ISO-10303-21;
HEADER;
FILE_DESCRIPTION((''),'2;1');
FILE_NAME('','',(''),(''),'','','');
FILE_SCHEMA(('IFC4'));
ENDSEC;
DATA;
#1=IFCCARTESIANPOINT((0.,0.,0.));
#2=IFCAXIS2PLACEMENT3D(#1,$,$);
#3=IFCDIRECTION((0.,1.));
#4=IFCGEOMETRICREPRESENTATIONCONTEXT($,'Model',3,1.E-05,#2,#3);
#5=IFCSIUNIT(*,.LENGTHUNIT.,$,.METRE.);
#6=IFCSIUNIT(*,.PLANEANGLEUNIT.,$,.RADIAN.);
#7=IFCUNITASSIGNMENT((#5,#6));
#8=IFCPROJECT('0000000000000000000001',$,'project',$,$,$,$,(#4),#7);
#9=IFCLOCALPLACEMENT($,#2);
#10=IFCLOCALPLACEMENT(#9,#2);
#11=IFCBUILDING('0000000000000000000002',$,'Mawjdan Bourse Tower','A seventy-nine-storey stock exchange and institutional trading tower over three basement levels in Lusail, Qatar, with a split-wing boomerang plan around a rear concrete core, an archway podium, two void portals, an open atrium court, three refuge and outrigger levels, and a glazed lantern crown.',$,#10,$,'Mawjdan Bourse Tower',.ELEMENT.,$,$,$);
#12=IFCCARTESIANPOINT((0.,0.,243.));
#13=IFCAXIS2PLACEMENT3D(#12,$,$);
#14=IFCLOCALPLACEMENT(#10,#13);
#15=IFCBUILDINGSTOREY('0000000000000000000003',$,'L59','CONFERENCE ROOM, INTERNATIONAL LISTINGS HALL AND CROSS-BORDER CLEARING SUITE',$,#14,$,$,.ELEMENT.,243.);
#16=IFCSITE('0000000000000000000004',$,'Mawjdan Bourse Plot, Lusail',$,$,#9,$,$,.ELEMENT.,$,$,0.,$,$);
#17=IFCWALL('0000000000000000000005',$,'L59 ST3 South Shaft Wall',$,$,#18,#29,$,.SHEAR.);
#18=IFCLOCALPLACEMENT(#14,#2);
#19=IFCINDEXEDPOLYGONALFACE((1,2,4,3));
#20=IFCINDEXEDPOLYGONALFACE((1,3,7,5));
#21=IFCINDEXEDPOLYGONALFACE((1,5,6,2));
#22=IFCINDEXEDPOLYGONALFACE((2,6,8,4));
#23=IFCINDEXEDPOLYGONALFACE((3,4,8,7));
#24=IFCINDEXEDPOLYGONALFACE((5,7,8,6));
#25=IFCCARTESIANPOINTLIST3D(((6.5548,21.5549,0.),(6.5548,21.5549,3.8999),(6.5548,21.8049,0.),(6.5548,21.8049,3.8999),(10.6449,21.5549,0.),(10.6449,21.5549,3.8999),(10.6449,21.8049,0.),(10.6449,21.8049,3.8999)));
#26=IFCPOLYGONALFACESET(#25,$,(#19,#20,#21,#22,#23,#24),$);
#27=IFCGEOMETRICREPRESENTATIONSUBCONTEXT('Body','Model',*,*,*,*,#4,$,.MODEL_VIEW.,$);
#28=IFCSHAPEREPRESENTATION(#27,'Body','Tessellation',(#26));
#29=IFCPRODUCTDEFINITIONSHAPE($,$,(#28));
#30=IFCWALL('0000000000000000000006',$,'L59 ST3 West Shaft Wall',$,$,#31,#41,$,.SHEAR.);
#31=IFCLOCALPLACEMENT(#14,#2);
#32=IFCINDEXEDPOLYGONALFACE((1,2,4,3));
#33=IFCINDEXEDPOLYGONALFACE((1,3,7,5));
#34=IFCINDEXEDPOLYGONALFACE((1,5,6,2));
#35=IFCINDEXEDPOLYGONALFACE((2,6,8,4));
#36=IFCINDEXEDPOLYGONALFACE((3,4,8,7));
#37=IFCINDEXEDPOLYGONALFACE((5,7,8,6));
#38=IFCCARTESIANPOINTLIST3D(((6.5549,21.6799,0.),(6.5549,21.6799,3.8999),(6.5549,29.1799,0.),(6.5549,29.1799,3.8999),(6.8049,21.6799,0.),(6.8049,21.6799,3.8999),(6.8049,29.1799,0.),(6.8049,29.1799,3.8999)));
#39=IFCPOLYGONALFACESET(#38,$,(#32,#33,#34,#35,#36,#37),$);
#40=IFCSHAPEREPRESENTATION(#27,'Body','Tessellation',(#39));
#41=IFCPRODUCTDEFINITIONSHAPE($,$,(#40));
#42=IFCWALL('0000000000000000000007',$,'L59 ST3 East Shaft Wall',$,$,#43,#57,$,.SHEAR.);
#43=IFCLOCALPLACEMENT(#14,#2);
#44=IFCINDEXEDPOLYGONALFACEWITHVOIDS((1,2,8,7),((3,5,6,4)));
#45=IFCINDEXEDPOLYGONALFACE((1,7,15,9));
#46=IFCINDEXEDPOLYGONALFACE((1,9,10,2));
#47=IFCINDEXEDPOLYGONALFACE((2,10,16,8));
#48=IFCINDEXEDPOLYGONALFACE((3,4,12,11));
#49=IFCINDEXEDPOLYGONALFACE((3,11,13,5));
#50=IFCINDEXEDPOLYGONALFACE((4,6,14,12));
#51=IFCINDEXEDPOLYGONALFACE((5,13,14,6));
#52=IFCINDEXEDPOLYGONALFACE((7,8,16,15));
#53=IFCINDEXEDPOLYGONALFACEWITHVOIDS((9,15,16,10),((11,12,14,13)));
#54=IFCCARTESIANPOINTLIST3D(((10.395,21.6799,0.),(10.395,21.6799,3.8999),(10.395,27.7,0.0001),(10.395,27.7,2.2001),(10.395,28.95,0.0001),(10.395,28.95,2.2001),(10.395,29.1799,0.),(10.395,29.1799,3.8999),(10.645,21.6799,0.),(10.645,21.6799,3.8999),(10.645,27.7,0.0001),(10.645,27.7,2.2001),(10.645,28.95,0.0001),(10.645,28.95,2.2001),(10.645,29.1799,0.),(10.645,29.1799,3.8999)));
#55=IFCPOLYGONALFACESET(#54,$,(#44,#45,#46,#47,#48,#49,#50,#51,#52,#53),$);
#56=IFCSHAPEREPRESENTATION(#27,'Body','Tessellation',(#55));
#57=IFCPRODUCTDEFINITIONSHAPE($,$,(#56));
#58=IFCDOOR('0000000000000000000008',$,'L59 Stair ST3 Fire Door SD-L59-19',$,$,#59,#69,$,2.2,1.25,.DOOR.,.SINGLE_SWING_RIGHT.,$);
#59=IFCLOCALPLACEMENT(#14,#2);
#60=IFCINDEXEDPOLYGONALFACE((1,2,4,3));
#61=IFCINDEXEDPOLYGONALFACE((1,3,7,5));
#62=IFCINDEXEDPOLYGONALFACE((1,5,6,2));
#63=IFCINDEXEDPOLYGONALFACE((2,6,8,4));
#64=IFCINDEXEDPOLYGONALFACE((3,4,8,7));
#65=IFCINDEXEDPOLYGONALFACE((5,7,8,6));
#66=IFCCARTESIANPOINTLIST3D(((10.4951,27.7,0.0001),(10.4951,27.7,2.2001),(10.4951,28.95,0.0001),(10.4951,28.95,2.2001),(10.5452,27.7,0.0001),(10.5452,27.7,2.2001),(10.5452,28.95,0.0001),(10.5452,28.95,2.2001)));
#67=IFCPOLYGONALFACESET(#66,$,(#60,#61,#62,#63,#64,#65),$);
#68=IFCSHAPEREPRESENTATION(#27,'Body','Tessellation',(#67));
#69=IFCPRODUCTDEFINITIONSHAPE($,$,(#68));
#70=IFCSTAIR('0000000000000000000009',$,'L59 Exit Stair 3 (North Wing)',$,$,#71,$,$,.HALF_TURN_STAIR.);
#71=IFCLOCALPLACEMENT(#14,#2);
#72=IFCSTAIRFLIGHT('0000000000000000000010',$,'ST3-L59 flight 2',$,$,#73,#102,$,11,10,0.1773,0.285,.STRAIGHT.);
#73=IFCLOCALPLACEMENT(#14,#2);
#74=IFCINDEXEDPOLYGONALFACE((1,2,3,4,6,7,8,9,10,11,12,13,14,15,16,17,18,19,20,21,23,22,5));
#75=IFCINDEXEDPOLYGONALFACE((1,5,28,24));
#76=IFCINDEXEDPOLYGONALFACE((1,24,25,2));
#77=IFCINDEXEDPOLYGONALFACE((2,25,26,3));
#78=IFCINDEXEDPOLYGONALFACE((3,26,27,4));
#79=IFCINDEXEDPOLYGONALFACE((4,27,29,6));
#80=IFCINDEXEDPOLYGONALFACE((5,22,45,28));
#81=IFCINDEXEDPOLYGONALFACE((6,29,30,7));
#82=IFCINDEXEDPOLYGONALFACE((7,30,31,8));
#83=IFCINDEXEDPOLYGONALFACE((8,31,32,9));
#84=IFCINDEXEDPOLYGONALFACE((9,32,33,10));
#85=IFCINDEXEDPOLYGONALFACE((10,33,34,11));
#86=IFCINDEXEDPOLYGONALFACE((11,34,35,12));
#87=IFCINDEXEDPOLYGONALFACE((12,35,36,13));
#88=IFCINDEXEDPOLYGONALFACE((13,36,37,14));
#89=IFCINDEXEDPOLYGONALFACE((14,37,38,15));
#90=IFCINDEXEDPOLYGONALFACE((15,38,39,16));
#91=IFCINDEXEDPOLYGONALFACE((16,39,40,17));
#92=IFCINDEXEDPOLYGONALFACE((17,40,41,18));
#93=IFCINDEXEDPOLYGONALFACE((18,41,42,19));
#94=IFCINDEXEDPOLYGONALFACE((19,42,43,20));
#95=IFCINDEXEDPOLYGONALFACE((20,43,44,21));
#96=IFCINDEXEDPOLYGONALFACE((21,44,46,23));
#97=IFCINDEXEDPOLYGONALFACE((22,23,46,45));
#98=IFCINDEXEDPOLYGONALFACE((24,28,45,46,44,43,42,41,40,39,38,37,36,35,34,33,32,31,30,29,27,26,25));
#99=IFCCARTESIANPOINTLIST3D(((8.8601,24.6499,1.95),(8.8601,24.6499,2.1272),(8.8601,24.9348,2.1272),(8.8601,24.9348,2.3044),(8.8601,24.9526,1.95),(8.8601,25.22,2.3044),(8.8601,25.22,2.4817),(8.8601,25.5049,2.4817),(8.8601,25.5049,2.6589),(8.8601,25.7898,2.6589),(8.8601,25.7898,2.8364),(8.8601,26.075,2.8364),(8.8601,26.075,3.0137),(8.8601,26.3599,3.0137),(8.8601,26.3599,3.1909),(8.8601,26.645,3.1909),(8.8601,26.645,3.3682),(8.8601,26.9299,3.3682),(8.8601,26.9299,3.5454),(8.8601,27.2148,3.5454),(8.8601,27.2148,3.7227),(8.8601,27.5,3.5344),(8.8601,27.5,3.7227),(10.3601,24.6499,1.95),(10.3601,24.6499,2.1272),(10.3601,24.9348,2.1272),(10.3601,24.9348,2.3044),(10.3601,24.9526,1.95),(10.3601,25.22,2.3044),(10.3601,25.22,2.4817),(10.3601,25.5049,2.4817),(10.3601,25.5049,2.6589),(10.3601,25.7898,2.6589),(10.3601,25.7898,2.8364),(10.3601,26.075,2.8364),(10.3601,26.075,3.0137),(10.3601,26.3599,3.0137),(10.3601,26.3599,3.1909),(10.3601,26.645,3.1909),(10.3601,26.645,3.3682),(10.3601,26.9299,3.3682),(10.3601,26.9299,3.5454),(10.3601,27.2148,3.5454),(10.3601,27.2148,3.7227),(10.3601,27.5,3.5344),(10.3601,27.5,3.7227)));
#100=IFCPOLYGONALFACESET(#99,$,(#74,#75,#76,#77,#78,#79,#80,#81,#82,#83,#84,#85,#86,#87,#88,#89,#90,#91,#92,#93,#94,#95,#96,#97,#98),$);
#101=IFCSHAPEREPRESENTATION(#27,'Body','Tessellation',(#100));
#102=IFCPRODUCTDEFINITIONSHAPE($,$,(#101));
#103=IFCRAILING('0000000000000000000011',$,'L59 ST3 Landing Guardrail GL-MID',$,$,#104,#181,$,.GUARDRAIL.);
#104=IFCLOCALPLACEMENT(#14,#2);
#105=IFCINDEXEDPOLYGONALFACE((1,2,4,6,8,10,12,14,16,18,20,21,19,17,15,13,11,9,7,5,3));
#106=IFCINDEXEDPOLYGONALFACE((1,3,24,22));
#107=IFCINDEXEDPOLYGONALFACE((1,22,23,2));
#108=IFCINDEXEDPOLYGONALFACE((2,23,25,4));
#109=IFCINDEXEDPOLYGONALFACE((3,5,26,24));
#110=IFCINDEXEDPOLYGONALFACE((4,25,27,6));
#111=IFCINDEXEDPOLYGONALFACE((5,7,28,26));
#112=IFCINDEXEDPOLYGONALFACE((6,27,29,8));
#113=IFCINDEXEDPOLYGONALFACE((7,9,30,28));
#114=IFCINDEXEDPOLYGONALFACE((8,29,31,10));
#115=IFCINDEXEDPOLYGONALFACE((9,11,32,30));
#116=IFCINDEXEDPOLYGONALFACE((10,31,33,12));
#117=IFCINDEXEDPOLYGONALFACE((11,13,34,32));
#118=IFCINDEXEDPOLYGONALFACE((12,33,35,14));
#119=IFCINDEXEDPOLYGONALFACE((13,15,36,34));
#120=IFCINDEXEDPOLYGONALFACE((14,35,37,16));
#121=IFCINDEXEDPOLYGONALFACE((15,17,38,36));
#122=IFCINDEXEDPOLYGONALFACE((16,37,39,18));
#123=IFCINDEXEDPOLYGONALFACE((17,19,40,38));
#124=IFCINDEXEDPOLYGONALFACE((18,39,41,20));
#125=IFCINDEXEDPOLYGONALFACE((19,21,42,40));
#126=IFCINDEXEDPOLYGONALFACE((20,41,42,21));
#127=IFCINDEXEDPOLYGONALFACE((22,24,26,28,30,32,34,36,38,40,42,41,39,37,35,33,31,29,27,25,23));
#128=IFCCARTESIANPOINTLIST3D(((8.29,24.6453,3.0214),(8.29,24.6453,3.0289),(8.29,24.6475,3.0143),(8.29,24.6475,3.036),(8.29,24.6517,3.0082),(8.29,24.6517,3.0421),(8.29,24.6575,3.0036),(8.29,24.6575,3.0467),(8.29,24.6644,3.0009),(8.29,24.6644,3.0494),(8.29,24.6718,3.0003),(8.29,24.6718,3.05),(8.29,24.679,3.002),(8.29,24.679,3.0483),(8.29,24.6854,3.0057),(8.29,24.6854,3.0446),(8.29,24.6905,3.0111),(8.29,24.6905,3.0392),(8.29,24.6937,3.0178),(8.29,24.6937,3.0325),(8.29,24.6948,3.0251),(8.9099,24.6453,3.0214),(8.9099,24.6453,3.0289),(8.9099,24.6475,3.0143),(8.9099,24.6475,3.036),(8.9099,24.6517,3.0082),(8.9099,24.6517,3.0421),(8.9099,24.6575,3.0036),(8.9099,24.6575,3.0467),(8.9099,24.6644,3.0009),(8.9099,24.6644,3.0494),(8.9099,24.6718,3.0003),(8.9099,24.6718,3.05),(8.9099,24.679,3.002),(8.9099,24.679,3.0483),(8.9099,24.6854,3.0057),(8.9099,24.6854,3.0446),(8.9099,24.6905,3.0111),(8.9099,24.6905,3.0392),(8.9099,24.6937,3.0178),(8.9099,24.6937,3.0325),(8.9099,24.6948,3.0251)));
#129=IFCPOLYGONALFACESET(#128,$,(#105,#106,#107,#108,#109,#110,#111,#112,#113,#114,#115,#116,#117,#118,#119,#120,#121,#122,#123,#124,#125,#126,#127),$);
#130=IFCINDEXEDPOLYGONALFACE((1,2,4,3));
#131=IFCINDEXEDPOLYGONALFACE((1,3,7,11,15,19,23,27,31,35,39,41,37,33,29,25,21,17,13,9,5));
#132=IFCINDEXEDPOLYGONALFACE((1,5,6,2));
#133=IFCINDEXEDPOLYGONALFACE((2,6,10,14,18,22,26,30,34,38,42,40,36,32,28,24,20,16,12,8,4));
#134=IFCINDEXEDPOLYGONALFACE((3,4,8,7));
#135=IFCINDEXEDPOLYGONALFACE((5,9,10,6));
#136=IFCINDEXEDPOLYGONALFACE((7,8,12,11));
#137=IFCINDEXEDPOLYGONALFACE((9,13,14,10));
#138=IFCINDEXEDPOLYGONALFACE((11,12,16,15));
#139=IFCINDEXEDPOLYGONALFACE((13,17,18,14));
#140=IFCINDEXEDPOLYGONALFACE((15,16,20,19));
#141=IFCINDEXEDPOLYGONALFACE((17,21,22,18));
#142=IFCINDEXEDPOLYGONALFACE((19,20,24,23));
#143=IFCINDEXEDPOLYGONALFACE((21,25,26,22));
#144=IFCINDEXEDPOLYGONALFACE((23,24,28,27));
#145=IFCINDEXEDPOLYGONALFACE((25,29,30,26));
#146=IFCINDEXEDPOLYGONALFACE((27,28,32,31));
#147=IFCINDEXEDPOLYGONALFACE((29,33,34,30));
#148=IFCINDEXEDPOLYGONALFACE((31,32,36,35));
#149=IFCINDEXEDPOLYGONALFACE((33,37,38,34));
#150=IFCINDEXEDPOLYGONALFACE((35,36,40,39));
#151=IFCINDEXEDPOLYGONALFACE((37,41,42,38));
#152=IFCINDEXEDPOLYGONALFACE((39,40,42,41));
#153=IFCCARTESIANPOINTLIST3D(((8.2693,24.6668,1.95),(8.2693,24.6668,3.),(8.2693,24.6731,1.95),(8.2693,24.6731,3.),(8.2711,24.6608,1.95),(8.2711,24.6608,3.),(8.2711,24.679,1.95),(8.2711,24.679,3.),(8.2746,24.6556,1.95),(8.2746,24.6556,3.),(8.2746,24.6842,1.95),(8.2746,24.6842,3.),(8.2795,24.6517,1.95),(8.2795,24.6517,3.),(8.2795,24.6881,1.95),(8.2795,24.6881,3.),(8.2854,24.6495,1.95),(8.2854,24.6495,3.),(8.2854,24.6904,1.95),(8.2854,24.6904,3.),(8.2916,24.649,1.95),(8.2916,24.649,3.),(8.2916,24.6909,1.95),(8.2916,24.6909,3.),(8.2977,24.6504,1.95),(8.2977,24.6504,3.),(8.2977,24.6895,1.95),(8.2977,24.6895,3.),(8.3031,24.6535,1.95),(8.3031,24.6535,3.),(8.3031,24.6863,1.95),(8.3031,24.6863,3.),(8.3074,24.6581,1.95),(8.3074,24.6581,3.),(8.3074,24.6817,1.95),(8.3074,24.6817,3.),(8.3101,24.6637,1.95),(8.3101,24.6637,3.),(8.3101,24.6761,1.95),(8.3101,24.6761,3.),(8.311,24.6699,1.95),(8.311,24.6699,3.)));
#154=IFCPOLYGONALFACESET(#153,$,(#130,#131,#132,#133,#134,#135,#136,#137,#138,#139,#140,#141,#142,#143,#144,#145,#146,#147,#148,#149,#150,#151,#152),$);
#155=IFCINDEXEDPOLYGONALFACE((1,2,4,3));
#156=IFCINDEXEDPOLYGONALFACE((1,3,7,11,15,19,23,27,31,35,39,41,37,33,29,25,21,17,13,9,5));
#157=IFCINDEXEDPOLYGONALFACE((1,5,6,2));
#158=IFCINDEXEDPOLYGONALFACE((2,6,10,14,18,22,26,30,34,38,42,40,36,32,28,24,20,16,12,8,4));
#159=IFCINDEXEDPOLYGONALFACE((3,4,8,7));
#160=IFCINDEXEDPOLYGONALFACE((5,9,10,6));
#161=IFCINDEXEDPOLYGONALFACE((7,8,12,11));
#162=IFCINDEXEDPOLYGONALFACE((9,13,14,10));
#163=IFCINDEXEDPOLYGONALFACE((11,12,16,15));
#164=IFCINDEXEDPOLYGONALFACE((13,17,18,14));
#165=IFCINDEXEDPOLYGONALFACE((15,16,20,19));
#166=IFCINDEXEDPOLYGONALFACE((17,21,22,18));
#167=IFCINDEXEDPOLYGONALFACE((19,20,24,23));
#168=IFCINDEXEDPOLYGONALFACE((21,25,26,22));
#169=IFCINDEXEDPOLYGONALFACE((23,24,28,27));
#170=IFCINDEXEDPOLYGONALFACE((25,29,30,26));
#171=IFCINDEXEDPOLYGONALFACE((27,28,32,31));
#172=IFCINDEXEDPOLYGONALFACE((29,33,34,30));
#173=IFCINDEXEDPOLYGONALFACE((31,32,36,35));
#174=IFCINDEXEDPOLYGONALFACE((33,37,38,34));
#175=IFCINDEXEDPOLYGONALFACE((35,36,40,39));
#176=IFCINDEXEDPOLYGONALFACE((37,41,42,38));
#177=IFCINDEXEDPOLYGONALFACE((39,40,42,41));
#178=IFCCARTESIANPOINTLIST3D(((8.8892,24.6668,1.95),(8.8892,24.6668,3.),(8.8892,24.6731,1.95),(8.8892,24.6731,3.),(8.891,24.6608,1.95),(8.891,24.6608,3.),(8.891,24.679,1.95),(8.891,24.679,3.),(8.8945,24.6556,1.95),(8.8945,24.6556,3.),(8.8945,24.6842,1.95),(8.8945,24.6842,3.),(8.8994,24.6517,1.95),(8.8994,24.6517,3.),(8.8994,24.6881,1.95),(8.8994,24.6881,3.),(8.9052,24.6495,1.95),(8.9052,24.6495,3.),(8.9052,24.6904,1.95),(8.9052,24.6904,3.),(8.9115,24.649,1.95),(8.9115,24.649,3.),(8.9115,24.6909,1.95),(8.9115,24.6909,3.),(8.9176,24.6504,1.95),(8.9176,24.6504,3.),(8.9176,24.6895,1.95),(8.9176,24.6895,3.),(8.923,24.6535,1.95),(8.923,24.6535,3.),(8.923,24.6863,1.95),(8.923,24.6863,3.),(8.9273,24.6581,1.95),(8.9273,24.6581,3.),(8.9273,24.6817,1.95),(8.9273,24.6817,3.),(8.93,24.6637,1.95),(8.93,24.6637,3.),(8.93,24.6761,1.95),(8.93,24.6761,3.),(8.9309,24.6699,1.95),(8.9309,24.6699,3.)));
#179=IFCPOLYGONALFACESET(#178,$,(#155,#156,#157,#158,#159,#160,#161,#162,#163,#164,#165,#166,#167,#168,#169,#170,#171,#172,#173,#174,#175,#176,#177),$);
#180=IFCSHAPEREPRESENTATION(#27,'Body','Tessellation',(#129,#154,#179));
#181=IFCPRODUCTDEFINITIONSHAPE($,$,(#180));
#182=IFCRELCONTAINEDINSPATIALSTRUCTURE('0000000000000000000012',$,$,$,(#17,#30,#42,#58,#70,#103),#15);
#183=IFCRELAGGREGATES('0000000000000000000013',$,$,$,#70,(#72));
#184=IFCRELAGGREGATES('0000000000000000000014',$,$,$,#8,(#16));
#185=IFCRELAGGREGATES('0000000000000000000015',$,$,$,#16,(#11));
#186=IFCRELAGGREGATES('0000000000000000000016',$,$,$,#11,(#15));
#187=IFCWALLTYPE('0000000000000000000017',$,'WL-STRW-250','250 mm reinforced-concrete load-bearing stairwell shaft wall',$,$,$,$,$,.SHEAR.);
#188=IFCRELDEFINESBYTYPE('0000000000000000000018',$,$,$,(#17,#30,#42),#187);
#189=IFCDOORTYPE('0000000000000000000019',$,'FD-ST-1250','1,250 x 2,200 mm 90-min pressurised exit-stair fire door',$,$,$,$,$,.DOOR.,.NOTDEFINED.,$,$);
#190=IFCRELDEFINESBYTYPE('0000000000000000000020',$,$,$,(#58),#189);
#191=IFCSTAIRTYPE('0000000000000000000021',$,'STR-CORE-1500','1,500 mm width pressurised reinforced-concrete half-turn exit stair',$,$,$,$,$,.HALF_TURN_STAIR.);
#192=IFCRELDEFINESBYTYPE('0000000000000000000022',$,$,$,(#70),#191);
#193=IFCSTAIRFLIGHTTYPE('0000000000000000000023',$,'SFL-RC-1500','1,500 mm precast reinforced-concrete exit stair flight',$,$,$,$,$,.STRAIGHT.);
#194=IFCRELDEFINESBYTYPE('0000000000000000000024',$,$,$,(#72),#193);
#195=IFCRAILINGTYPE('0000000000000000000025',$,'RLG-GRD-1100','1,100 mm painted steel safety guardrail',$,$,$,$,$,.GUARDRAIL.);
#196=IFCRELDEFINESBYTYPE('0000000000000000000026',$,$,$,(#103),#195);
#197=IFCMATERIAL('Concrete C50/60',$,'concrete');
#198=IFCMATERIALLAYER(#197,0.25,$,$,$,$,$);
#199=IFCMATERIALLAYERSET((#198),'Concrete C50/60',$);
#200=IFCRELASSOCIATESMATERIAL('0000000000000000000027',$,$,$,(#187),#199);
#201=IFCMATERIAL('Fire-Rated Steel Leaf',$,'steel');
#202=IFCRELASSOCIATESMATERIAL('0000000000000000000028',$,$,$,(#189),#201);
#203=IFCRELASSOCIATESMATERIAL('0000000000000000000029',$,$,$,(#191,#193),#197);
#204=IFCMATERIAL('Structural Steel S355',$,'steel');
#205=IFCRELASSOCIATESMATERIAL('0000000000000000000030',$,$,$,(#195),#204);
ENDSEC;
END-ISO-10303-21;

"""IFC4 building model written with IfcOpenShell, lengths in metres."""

from ifc_helpers import new_model, si_unit, direction, frame, frame_2d, origin, origin_2d, place, context, subcontext, project, spatial, polyline, rectangle, circle, outline, extrude, material, layer, layer_set, type_object, element, fill, aggregate, save


model = new_model("IFC4")

# Units and contexts
model_context = context("Model", 3, precision=1e-05, world=origin(), true_north=direction((0.0, 1.0)))
body_context = subcontext(model_context, "Body", "Model", "MODEL_VIEW")
ifc_project = project(units=[si_unit("LENGTHUNIT", "METRE"), si_unit("PLANEANGLEUNIT", "RADIAN")], contexts=[model_context])

# Site, building, storey
site_placement = place(None, origin())
site = spatial("IfcSite", under=ifc_project, at=site_placement, Name="Mawjdan Bourse Plot, Lusail", CompositionType="ELEMENT", RefElevation=0.0)
building_placement = place(site_placement, origin())
building = spatial("IfcBuilding", under=site, at=building_placement, Name="Mawjdan Bourse Tower", Description="A seventy-nine-storey stock exchange and institutional trading tower over three basement levels in Lusail, Qatar, with a split-wing boomerang plan around a rear concrete core, an archway podium, two void portals, an open atrium court, three refuge and outrigger levels, and a glazed lantern crown.", LongName="Mawjdan Bourse Tower", CompositionType="ELEMENT")
storey_placement = place(building_placement, frame((0.0, 0.0, 243.0)))
storey = spatial("IfcBuildingStorey", under=building, at=storey_placement, Name="L59", Description="CONFERENCE ROOM, INTERNATIONAL LISTINGS HALL AND CROSS-BORDER CLEARING SUITE", CompositionType="ELEMENT", Elevation=243.0)

# Shared definitions
ifc_material_1 = material(Name="Structural Steel S355", Category="steel")

# Walls
ifc_material_2 = material(Name="Concrete C50/60", Category="concrete")
ifc_layer_1 = layer(ifc_material_2, 0.25)
ifc_layer_set_1 = layer_set([ifc_layer_1], Name="Concrete C50/60")
wall_type_1 = type_object("IfcWallType", Name="WL-STRW-250", Description="250 mm reinforced-concrete load-bearing stairwell shaft wall", PredefinedType="SHEAR", material=ifc_layer_set_1)
wall_1_placement = place(storey_placement, frame((6.5549, 21.6799, 0.0), z_axis=(0.0, 0.0, 1.0), x_axis=(1.0, 0.0, 0.0)))
element("IfcWall", 1, at=wall_1_placement, inside=storey, type_object=wall_type_1, Name="L59 ST3 South Shaft Wall", PredefinedType="SHEAR", context=body_context, shape_type="SweptSolid", body=[
    extrude(rectangle(XDim=4.0901, YDim=0.25, at=frame_2d((2.0449, 0.0))), origin(), (0.0, 0.0, 1.0), 3.8999),
])
wall_2_placement = place(storey_placement, frame((6.6799, 21.6799, 0.0), z_axis=(0.0, 0.0, 1.0), x_axis=(0.0, 1.0, 0.0)))
element("IfcWall", 2, at=wall_2_placement, inside=storey, type_object=wall_type_1, Name="L59 ST3 West Shaft Wall", PredefinedType="SHEAR", context=body_context, shape_type="SweptSolid", body=[
    extrude(rectangle(XDim=7.5, YDim=0.25, at=frame_2d((3.75, 0.0))), origin(), (0.0, 0.0, 1.0), 3.8999),
])

# Wall, opening, door
wall_3_placement = place(storey_placement, frame((10.52, 21.6799, 0.0), z_axis=(0.0, 0.0, 1.0), x_axis=(0.0, 1.0, 0.0)))
wall_3 = element("IfcWall", 3, at=wall_3_placement, inside=storey, type_object=wall_type_1, Name="L59 ST3 East Shaft Wall", PredefinedType="SHEAR", context=body_context, shape_type="SweptSolid", body=[
    extrude(rectangle(XDim=7.5, YDim=0.25, at=frame_2d((3.75, 0.0))), origin(), (0.0, 0.0, 1.0), 3.8999),
])
opening_1_placement = place(wall_3_placement, frame((6.02, 0.0, 0.0)))
opening_1 = element("IfcOpeningElement", 4, at=opening_1_placement, cuts=wall_3, PredefinedType="OPENING", context=body_context, shape_type="SweptSolid", body=[
    extrude(rectangle(XDim=1.25, YDim=2.2, at=frame_2d((0.625, 1.1001))), frame((0.0, 0.135, 0.0), z_axis=(0.0, -1.0, 0.0), x_axis=(1.0, 0.0, 0.0)), (0.0, 0.0, 1.0), 0.27),
])
ifc_material_3 = material(Name="Fire-Rated Steel Leaf", Category="steel")
door_type_1 = type_object("IfcDoorType", Name="FD-ST-1250", Description="1,250 x 2,200 mm 90-min pressurised exit-stair fire door", OperationType="NOTDEFINED", PredefinedType="DOOR", material=ifc_material_3)
door_1_placement = place(opening_1_placement, origin())
door_1 = element("IfcDoor", 5, at=door_1_placement, inside=storey, type_object=door_type_1, Name="L59 Stair ST3 Fire Door SD-L59-19", OperationType="SINGLE_SWING_RIGHT", OverallHeight=2.2, OverallWidth=1.25, PredefinedType="DOOR", context=body_context, shape_type="SweptSolid", body=[
    extrude(rectangle(XDim=1.25, YDim=2.2, at=frame_2d((0.625, 1.1001))), frame((0.0, 0.0249, 0.0), z_axis=(0.0, -1.0, 0.0), x_axis=(1.0, 0.0, 0.0)), (0.0, 0.0, 1.0), 0.05),
])
fill(opening_1, door_1)

# Stair, stair flight
stair_type = type_object("IfcStairType", Name="STR-CORE-1500", Description="1,500 mm width pressurised reinforced-concrete half-turn exit stair", PredefinedType="HALF_TURN_STAIR", material=ifc_material_2)
stair_placement = place(storey_placement, origin())
stair = element("IfcStair", 6, at=stair_placement, inside=storey, type_object=stair_type, Name="L59 Exit Stair 3 (North Wing)", PredefinedType="HALF_TURN_STAIR")
stair_flight_type = type_object("IfcStairFlightType", Name="SFL-RC-1500", Description="1,500 mm precast reinforced-concrete exit stair flight", PredefinedType="STRAIGHT", material=ifc_material_2)
stair_flight_placement = place(storey_placement, frame((9.6101, 24.6499, 1.95), z_axis=(0.0, 0.0, 1.0), x_axis=(0.0, 1.0, 0.0)))
stair_flight = element("IfcStairFlight", 7, at=stair_flight_placement, type_object=stair_flight_type, Name="ST3-L59 flight 2", NumberOfRisers=11, NumberOfTreads=10, PredefinedType="STRAIGHT", RiserHeight=0.1773, TreadLength=0.285, context=body_context, shape_type="SweptSolid", body=[
    extrude(outline(polyline([(0.0, 0.0), (0.0, 0.1772), (0.2849, 0.1772), (0.2849, 0.3545), (0.5701, 0.3545), (0.5701, 0.5317), (0.855, 0.5317), (0.855, 0.709), (1.1399, 0.709), (1.1399, 0.8865), (1.425, 0.8865), (1.425, 1.0637), (1.71, 1.0637), (1.71, 1.241), (1.9951, 1.241), (1.9951, 1.4182), (2.28, 1.4182), (2.28, 1.5955), (2.5649, 1.5955), (2.5649, 1.7727), (2.8501, 1.7727), (2.8501, 1.95), (2.8501, 1.5845), (0.3027, 0.0), (0.0, 0.0)])), frame((0.0, 0.75, 0.0), z_axis=(0.0, -1.0, 0.0), x_axis=(1.0, 0.0, 0.0)), (0.0, 0.0, 1.0), 1.5),
])
aggregate(stair, [stair_flight])

# Railing
railing_type_1 = type_object("IfcRailingType", Name="RLG-GRD-1100", Description="1,100 mm painted steel safety guardrail", PredefinedType="GUARDRAIL", material=ifc_material_1)
railing_1_placement = place(storey_placement, frame((8.29, 24.6699, 1.95)))
element("IfcRailing", 8, at=railing_1_placement, inside=storey, type_object=railing_type_1, Name="L59 ST3 Landing Guardrail GL-MID", PredefinedType="GUARDRAIL", context=body_context, shape_type="SweptSolid", body=[
    extrude(circle(Radius=0.0249, at=origin_2d()), frame((0.0, 0.0, 1.0752), z_axis=(1.0, 0.0, 0.0), x_axis=(0.0, 1.0, 0.0)), (0.0, 0.0, 1.0), 0.6199),
    extrude(circle(Radius=0.021, at=origin_2d()), origin(), (0.0, 0.0, 1.0), 1.05),
    extrude(circle(Radius=0.021, at=origin_2d()), frame((0.6199, 0.0, 0.0)), (0.0, 0.0, 1.0), 1.05),
])

save(model, "model.ifc")
